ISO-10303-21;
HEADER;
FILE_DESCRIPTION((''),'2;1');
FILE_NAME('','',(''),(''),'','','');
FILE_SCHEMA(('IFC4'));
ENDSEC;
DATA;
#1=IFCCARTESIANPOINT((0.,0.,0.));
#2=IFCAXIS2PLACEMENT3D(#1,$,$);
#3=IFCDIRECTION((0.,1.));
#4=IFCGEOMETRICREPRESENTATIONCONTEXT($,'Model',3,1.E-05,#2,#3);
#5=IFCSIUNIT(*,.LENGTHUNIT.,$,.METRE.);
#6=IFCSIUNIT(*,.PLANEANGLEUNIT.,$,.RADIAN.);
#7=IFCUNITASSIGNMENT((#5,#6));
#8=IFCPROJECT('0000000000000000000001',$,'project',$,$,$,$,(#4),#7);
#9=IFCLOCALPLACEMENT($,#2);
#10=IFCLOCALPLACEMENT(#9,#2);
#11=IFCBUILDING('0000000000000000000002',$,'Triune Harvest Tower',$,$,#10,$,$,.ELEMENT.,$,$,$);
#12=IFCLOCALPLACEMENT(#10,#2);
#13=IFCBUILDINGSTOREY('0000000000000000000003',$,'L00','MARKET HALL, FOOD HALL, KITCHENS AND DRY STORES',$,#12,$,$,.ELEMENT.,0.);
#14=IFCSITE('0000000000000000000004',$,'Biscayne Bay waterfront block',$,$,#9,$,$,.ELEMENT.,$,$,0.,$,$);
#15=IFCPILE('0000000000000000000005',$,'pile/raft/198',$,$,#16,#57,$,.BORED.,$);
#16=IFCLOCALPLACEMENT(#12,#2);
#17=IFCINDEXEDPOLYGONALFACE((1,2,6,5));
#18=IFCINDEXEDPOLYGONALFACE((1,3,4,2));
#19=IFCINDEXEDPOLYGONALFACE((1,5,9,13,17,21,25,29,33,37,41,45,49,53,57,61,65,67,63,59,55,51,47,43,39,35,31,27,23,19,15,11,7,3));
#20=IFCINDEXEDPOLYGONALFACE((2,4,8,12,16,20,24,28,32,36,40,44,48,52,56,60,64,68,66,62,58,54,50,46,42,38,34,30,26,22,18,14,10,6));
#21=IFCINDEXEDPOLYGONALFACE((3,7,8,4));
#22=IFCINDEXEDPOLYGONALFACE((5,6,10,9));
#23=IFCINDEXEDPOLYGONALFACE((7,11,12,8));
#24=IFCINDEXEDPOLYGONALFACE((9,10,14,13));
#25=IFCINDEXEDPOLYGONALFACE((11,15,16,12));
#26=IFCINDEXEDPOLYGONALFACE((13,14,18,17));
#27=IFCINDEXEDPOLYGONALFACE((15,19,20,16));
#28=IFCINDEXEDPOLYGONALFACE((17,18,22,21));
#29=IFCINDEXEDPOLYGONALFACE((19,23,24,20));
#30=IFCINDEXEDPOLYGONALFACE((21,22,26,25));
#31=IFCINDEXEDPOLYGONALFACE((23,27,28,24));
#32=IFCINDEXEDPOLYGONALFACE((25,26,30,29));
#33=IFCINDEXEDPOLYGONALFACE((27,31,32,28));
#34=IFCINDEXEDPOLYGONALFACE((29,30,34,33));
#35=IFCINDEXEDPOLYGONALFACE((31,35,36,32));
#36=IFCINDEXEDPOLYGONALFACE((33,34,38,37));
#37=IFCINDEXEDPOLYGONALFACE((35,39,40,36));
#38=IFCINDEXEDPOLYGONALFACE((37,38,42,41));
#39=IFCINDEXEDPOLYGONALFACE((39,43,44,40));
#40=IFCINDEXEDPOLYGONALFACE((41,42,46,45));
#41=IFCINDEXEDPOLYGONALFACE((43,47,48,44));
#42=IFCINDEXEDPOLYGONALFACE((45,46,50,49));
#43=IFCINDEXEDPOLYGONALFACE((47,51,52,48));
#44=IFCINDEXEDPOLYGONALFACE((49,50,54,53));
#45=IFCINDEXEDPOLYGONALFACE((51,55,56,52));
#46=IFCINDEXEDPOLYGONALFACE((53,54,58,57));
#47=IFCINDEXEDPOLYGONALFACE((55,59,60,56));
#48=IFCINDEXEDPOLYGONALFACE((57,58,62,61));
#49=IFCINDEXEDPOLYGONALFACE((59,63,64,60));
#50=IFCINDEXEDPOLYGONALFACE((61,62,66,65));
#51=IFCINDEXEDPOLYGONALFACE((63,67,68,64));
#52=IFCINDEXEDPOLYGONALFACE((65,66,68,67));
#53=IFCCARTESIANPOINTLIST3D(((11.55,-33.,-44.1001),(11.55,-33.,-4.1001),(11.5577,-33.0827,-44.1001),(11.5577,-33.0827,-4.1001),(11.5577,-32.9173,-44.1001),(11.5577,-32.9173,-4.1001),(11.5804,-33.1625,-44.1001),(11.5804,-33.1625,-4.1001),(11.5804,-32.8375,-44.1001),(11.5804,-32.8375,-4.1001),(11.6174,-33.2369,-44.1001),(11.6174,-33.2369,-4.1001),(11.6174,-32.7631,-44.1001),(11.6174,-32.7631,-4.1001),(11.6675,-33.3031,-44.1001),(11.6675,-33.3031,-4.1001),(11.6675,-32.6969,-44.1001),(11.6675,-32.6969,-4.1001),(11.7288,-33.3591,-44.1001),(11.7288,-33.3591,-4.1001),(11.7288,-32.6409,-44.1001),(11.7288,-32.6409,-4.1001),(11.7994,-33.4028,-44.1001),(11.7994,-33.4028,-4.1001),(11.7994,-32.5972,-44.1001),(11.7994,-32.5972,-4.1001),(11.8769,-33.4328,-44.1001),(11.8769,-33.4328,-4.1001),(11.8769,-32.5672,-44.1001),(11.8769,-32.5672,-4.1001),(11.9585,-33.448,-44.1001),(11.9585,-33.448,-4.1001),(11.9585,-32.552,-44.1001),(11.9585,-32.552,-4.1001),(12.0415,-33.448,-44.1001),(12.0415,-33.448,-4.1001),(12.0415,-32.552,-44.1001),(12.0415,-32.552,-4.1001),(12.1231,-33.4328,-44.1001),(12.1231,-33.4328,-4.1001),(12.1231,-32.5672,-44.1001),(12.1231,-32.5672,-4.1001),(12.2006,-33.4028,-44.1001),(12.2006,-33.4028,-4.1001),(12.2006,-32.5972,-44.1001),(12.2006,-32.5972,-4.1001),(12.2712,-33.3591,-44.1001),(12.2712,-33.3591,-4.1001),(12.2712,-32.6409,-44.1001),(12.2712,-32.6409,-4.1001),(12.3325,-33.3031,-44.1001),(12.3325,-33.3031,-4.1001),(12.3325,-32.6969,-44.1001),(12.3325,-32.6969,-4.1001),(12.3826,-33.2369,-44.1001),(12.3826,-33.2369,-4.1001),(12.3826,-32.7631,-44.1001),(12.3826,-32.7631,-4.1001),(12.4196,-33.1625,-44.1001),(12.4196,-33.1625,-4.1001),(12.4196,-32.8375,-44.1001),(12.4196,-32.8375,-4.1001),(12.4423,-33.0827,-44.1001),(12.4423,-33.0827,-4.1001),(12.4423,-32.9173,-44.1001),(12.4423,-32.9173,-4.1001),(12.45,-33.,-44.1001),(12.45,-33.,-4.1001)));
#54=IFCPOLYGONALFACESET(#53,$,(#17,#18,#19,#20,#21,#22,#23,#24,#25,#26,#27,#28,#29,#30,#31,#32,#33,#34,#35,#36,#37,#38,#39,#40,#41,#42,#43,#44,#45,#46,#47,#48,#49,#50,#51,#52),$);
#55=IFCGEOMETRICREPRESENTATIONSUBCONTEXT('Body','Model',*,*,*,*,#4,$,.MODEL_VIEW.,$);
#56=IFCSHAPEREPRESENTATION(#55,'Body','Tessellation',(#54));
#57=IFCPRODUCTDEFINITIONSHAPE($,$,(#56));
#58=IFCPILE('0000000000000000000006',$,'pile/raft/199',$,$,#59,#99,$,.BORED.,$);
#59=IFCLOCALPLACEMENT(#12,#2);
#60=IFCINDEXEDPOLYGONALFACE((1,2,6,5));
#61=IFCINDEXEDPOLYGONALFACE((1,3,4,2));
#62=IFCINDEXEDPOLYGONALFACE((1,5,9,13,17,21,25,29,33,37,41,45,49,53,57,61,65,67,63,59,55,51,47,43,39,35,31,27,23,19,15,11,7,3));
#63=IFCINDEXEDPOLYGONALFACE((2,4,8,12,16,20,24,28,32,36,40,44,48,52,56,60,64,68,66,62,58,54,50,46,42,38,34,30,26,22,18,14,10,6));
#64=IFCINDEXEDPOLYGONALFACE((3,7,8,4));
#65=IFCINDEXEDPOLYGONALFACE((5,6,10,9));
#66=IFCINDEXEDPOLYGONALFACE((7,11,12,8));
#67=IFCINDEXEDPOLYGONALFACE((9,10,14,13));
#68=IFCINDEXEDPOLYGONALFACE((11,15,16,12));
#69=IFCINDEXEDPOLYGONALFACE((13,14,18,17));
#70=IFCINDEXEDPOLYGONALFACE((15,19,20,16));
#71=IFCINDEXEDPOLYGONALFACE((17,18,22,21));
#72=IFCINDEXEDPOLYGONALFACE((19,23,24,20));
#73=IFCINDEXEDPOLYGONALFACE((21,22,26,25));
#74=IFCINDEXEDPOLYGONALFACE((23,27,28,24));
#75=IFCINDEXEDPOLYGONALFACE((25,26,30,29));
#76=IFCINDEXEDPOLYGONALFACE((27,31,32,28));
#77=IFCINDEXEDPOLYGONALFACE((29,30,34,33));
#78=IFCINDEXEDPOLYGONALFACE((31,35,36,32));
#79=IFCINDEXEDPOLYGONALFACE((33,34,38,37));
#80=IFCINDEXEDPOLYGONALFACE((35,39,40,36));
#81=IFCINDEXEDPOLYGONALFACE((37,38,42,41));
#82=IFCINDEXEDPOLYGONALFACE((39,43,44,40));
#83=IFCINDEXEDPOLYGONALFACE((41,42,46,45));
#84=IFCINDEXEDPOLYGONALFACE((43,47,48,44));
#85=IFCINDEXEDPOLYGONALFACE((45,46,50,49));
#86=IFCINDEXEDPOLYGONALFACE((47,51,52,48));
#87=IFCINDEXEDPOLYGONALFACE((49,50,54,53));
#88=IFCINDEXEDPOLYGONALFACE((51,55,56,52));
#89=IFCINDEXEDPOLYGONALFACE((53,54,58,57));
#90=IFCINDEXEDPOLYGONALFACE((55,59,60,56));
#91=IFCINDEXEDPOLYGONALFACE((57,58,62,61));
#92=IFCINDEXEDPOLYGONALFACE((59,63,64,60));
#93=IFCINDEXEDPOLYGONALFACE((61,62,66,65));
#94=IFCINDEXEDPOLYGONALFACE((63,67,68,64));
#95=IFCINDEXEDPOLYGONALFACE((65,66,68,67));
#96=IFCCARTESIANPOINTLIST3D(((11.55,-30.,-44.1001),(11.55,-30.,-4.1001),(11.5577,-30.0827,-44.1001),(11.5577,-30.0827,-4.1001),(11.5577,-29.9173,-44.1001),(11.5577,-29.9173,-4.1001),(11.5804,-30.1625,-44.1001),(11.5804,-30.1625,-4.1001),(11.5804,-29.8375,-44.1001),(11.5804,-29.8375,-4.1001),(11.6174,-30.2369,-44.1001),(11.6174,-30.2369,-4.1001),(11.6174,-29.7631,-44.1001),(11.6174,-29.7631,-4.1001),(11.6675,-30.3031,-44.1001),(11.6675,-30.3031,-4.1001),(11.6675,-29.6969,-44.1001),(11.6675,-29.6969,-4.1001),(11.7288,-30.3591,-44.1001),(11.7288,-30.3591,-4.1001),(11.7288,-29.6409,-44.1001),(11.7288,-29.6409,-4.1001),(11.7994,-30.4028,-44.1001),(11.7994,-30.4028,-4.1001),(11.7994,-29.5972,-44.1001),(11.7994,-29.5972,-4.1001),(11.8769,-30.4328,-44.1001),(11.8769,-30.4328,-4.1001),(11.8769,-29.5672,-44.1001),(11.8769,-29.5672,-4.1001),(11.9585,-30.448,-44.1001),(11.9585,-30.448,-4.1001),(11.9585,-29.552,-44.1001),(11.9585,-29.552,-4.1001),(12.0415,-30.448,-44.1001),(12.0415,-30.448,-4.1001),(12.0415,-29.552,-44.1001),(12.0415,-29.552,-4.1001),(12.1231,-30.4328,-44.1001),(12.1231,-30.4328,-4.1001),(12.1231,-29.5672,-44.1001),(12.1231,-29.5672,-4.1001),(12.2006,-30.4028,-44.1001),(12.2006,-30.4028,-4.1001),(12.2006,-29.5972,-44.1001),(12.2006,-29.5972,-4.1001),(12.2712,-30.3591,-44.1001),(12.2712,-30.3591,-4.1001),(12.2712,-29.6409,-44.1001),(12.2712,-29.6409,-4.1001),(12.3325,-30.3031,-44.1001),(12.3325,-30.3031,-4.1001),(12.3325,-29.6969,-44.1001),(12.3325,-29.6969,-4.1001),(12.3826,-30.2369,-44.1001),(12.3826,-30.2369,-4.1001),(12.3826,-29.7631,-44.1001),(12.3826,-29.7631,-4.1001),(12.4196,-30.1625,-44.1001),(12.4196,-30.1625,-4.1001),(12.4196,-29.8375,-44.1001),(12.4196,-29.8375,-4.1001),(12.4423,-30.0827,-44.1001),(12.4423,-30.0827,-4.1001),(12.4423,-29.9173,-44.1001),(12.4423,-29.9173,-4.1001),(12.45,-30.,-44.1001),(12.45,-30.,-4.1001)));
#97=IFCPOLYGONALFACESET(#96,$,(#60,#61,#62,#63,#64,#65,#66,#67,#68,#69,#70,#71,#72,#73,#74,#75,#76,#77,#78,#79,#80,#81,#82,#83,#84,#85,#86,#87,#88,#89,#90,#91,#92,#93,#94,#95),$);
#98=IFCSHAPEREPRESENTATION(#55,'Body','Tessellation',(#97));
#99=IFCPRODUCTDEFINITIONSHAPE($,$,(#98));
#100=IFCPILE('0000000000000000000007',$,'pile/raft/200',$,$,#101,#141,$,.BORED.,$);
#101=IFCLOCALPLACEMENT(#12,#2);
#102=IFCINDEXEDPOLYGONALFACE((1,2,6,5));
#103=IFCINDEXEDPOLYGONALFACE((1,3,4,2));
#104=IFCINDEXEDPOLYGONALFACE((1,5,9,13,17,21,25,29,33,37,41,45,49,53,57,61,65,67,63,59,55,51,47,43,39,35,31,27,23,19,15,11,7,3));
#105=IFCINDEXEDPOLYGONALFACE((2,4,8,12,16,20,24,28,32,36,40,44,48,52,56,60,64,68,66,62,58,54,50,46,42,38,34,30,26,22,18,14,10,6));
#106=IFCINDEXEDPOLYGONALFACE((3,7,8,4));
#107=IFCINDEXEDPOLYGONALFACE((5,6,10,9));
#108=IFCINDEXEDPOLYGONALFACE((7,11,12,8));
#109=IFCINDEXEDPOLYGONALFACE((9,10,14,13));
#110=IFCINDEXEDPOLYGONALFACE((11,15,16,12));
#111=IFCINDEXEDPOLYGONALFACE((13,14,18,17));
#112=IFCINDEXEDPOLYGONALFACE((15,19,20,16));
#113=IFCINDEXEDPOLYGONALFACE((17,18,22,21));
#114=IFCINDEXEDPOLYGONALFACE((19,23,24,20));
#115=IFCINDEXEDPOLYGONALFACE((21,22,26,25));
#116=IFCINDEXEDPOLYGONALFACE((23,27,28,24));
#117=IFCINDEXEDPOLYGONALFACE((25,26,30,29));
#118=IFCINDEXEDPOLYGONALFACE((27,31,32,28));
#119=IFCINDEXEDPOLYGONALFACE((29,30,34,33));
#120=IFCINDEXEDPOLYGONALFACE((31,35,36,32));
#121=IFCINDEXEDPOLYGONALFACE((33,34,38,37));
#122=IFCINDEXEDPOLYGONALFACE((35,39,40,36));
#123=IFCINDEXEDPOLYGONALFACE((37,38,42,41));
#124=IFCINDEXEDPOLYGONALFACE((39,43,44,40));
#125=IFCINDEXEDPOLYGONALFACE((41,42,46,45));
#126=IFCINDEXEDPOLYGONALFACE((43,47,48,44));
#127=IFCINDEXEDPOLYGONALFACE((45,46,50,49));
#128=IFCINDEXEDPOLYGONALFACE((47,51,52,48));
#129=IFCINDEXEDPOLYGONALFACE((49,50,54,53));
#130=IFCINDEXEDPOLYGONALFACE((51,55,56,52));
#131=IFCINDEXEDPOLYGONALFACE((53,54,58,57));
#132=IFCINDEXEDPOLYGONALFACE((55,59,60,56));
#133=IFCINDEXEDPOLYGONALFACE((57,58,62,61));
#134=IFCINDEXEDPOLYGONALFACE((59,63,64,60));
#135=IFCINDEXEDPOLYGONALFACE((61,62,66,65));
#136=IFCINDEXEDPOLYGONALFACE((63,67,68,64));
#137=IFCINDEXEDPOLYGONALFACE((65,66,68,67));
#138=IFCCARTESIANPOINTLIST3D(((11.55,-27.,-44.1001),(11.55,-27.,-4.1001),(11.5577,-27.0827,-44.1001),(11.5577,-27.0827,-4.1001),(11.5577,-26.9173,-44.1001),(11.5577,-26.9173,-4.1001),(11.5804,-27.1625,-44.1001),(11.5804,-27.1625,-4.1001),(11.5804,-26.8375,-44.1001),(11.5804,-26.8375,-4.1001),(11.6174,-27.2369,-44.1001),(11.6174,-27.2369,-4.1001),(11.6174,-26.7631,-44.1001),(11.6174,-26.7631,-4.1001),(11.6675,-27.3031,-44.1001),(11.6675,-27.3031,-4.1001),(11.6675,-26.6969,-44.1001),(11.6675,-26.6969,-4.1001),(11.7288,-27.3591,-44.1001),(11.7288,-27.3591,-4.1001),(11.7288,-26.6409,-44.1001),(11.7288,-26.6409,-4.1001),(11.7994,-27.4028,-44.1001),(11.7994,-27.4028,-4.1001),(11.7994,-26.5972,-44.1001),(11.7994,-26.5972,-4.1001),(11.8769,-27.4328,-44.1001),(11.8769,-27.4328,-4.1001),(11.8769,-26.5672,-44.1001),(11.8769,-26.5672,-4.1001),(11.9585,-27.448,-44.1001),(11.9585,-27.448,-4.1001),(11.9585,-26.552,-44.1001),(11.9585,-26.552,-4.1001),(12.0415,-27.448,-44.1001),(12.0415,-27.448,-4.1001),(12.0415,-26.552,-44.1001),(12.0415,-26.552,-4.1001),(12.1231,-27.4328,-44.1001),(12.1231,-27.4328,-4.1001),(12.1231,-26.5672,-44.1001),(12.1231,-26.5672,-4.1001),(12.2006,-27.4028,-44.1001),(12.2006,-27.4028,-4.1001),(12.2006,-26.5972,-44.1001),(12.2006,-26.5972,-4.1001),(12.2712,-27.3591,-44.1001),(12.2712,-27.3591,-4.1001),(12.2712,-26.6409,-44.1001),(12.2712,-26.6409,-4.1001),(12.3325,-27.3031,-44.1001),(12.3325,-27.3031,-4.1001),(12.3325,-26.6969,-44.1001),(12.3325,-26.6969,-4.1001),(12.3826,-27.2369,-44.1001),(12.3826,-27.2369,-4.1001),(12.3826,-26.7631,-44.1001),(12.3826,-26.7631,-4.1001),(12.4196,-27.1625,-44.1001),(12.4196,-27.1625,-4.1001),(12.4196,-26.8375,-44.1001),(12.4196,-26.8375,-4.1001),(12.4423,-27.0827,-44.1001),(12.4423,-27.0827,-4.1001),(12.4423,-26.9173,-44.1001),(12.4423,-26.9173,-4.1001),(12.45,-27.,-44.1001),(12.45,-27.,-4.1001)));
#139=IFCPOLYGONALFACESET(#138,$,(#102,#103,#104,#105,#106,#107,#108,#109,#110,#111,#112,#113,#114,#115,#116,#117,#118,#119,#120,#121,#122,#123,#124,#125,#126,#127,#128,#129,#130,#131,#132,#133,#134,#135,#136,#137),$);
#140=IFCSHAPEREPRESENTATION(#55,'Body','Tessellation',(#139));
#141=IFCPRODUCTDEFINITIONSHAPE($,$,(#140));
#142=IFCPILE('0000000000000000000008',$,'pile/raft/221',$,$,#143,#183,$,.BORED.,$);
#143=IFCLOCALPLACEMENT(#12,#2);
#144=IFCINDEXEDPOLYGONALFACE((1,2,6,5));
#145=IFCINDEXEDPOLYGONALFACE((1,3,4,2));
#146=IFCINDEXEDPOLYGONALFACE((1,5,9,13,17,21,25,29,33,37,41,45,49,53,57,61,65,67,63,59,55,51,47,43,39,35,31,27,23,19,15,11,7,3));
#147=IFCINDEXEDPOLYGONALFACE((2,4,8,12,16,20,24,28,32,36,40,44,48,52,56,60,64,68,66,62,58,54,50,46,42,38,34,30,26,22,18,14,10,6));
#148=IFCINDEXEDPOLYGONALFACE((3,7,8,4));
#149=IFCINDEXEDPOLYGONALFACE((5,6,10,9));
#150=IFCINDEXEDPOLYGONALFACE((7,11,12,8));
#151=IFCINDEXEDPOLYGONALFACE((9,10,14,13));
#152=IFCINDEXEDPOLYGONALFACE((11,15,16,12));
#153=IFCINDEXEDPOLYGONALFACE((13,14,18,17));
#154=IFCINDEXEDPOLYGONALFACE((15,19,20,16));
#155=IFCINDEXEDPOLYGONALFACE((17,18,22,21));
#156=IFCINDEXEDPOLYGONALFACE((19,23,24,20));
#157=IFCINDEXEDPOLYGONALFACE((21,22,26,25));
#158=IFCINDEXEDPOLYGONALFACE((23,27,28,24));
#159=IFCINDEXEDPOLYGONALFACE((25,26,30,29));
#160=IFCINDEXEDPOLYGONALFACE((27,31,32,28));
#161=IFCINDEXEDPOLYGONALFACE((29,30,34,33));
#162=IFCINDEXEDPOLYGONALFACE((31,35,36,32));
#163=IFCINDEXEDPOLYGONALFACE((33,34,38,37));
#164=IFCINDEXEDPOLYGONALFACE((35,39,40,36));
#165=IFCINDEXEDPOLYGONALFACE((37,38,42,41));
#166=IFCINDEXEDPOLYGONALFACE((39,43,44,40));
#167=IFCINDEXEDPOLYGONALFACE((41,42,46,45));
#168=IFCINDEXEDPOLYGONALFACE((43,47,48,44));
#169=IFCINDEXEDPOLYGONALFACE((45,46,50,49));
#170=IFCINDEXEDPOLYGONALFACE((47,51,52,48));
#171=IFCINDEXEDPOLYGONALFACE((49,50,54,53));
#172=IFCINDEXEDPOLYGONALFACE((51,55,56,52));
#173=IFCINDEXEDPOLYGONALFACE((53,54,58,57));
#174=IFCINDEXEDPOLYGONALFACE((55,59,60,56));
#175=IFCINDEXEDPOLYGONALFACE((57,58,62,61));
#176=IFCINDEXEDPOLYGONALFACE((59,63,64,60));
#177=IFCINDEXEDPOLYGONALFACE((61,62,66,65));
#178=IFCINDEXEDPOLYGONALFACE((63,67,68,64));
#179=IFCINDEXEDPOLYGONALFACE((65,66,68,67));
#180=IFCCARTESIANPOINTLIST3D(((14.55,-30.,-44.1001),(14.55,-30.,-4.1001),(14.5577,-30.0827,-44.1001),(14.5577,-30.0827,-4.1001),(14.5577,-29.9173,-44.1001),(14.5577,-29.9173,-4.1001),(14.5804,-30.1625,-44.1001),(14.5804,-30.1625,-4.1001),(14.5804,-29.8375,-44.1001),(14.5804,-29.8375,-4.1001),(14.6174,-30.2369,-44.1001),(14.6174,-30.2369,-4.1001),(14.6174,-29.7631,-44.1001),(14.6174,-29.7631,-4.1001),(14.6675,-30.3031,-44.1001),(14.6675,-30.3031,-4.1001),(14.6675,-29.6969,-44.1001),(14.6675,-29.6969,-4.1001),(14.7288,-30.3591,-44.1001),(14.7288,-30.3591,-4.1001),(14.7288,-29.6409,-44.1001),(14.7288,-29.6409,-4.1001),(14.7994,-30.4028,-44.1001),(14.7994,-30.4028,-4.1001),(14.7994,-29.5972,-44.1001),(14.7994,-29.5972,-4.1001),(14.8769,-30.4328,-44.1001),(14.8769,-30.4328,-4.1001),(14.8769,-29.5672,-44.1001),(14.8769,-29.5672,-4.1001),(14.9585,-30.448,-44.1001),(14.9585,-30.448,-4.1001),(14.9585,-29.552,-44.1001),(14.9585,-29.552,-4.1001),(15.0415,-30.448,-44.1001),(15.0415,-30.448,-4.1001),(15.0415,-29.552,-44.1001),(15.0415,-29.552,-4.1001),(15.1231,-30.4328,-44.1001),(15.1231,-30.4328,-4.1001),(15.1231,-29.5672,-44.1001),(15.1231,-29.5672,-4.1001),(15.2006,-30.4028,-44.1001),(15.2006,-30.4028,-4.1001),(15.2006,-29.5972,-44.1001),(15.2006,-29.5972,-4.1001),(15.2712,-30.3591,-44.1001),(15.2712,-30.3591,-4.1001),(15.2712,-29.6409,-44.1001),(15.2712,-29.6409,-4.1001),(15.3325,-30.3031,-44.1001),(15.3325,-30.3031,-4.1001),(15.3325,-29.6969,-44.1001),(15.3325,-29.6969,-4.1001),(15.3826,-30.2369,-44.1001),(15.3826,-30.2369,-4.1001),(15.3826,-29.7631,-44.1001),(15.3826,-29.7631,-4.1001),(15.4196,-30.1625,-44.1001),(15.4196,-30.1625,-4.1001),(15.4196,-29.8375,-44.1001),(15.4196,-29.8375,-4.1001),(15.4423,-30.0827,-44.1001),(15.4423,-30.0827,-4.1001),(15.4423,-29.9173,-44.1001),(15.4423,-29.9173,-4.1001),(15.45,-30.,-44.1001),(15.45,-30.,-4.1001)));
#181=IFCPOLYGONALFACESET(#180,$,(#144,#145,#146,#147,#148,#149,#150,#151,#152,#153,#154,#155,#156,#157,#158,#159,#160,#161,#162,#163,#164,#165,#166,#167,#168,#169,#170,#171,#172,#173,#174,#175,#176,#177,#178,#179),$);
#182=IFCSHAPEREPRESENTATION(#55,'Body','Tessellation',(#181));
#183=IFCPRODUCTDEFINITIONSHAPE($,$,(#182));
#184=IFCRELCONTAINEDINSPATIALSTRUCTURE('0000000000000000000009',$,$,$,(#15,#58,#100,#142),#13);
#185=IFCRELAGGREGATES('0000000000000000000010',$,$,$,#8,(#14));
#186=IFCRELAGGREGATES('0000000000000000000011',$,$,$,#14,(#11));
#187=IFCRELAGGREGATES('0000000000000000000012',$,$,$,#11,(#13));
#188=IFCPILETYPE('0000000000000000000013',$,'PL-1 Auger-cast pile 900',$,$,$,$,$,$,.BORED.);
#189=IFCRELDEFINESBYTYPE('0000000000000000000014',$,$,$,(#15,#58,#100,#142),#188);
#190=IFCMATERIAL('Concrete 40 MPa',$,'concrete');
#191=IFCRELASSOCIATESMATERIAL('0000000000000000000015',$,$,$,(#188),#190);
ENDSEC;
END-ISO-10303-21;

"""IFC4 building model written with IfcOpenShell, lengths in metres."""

from ifc_helpers import new_model, si_unit, direction, frame, origin, origin_2d, place, context, subcontext, project, spatial, circle, extrude, source, transform, mapped, material, material_profile, profile_set, type_object, element, save


model = new_model("IFC4")

# Units and contexts
model_context = context("Model", 3, precision=1e-05, world=origin(), true_north=direction((0.0, 1.0)))
body_context = subcontext(model_context, "Body", "Model", "MODEL_VIEW")
ifc_project = project(units=[si_unit("LENGTHUNIT", "METRE"), si_unit("PLANEANGLEUNIT", "RADIAN")], contexts=[model_context])

# Site, building, storey
site_placement = place(None, origin())
site = spatial("IfcSite", under=ifc_project, at=site_placement, Name="Biscayne Bay waterfront block", CompositionType="ELEMENT", RefElevation=0.0)
building_placement = place(site_placement, origin())
building = spatial("IfcBuilding", under=site, at=building_placement, Name="Triune Harvest Tower", CompositionType="ELEMENT")
storey_placement = place(building_placement, origin())
storey = spatial("IfcBuildingStorey", under=building, at=storey_placement, Name="L00", Description="MARKET HALL, FOOD HALL, KITCHENS AND DRY STORES", CompositionType="ELEMENT", Elevation=0.0)

# Piles
ifc_material_1 = material(Name="Concrete 40 MPa", Category="concrete")
ifc_material_profile_1 = material_profile(ifc_material_1, circle(Radius=0.45, at=origin_2d()), Name="Bored 900")
ifc_profile_set_1 = profile_set([ifc_material_profile_1], Name="Concrete 40 MPa")
pile_type = type_object("IfcPileType", Name="PL-1 Auger-cast pile 900", PredefinedType="BORED", material=ifc_profile_set_1)
shared_shape_1 = source(origin(), body_context, "Body", "SweptSolid", [
    extrude(circle(Radius=0.45, at=origin_2d()), origin(), (0.0, 0.0, 1.0), 40.0),
])
for number, where, z_axis, x_axis, name in (
    (1, (12.0, -33.0, -4.1001), (0.0, 0.0, -1.0), (1.0, 0.0, 0.0), "pile/raft/198"),
    (2, (12.0, -30.0, -4.1001), (0.0, 0.0, -1.0), (1.0, 0.0, 0.0), "pile/raft/199"),
    (3, (12.0, -27.0, -4.1001), (0.0, 0.0, -1.0), (1.0, 0.0, 0.0), "pile/raft/200"),
    (4, (15.0, -30.0, -4.1001), (0.0, 0.0, -1.0), (1.0, 0.0, 0.0), "pile/raft/221"),
):
    element("IfcPile", number, at=place(storey_placement, frame(where, z_axis=z_axis, x_axis=x_axis)), inside=storey, type_object=pile_type, Name=name, PredefinedType="BORED", context=body_context, shape_type="MappedRepresentation", body=[
        mapped(shared_shape_1, transform((0.0, 0.0, 0.0), scale=1.0)),
    ])

save(model, "model.ifc")
